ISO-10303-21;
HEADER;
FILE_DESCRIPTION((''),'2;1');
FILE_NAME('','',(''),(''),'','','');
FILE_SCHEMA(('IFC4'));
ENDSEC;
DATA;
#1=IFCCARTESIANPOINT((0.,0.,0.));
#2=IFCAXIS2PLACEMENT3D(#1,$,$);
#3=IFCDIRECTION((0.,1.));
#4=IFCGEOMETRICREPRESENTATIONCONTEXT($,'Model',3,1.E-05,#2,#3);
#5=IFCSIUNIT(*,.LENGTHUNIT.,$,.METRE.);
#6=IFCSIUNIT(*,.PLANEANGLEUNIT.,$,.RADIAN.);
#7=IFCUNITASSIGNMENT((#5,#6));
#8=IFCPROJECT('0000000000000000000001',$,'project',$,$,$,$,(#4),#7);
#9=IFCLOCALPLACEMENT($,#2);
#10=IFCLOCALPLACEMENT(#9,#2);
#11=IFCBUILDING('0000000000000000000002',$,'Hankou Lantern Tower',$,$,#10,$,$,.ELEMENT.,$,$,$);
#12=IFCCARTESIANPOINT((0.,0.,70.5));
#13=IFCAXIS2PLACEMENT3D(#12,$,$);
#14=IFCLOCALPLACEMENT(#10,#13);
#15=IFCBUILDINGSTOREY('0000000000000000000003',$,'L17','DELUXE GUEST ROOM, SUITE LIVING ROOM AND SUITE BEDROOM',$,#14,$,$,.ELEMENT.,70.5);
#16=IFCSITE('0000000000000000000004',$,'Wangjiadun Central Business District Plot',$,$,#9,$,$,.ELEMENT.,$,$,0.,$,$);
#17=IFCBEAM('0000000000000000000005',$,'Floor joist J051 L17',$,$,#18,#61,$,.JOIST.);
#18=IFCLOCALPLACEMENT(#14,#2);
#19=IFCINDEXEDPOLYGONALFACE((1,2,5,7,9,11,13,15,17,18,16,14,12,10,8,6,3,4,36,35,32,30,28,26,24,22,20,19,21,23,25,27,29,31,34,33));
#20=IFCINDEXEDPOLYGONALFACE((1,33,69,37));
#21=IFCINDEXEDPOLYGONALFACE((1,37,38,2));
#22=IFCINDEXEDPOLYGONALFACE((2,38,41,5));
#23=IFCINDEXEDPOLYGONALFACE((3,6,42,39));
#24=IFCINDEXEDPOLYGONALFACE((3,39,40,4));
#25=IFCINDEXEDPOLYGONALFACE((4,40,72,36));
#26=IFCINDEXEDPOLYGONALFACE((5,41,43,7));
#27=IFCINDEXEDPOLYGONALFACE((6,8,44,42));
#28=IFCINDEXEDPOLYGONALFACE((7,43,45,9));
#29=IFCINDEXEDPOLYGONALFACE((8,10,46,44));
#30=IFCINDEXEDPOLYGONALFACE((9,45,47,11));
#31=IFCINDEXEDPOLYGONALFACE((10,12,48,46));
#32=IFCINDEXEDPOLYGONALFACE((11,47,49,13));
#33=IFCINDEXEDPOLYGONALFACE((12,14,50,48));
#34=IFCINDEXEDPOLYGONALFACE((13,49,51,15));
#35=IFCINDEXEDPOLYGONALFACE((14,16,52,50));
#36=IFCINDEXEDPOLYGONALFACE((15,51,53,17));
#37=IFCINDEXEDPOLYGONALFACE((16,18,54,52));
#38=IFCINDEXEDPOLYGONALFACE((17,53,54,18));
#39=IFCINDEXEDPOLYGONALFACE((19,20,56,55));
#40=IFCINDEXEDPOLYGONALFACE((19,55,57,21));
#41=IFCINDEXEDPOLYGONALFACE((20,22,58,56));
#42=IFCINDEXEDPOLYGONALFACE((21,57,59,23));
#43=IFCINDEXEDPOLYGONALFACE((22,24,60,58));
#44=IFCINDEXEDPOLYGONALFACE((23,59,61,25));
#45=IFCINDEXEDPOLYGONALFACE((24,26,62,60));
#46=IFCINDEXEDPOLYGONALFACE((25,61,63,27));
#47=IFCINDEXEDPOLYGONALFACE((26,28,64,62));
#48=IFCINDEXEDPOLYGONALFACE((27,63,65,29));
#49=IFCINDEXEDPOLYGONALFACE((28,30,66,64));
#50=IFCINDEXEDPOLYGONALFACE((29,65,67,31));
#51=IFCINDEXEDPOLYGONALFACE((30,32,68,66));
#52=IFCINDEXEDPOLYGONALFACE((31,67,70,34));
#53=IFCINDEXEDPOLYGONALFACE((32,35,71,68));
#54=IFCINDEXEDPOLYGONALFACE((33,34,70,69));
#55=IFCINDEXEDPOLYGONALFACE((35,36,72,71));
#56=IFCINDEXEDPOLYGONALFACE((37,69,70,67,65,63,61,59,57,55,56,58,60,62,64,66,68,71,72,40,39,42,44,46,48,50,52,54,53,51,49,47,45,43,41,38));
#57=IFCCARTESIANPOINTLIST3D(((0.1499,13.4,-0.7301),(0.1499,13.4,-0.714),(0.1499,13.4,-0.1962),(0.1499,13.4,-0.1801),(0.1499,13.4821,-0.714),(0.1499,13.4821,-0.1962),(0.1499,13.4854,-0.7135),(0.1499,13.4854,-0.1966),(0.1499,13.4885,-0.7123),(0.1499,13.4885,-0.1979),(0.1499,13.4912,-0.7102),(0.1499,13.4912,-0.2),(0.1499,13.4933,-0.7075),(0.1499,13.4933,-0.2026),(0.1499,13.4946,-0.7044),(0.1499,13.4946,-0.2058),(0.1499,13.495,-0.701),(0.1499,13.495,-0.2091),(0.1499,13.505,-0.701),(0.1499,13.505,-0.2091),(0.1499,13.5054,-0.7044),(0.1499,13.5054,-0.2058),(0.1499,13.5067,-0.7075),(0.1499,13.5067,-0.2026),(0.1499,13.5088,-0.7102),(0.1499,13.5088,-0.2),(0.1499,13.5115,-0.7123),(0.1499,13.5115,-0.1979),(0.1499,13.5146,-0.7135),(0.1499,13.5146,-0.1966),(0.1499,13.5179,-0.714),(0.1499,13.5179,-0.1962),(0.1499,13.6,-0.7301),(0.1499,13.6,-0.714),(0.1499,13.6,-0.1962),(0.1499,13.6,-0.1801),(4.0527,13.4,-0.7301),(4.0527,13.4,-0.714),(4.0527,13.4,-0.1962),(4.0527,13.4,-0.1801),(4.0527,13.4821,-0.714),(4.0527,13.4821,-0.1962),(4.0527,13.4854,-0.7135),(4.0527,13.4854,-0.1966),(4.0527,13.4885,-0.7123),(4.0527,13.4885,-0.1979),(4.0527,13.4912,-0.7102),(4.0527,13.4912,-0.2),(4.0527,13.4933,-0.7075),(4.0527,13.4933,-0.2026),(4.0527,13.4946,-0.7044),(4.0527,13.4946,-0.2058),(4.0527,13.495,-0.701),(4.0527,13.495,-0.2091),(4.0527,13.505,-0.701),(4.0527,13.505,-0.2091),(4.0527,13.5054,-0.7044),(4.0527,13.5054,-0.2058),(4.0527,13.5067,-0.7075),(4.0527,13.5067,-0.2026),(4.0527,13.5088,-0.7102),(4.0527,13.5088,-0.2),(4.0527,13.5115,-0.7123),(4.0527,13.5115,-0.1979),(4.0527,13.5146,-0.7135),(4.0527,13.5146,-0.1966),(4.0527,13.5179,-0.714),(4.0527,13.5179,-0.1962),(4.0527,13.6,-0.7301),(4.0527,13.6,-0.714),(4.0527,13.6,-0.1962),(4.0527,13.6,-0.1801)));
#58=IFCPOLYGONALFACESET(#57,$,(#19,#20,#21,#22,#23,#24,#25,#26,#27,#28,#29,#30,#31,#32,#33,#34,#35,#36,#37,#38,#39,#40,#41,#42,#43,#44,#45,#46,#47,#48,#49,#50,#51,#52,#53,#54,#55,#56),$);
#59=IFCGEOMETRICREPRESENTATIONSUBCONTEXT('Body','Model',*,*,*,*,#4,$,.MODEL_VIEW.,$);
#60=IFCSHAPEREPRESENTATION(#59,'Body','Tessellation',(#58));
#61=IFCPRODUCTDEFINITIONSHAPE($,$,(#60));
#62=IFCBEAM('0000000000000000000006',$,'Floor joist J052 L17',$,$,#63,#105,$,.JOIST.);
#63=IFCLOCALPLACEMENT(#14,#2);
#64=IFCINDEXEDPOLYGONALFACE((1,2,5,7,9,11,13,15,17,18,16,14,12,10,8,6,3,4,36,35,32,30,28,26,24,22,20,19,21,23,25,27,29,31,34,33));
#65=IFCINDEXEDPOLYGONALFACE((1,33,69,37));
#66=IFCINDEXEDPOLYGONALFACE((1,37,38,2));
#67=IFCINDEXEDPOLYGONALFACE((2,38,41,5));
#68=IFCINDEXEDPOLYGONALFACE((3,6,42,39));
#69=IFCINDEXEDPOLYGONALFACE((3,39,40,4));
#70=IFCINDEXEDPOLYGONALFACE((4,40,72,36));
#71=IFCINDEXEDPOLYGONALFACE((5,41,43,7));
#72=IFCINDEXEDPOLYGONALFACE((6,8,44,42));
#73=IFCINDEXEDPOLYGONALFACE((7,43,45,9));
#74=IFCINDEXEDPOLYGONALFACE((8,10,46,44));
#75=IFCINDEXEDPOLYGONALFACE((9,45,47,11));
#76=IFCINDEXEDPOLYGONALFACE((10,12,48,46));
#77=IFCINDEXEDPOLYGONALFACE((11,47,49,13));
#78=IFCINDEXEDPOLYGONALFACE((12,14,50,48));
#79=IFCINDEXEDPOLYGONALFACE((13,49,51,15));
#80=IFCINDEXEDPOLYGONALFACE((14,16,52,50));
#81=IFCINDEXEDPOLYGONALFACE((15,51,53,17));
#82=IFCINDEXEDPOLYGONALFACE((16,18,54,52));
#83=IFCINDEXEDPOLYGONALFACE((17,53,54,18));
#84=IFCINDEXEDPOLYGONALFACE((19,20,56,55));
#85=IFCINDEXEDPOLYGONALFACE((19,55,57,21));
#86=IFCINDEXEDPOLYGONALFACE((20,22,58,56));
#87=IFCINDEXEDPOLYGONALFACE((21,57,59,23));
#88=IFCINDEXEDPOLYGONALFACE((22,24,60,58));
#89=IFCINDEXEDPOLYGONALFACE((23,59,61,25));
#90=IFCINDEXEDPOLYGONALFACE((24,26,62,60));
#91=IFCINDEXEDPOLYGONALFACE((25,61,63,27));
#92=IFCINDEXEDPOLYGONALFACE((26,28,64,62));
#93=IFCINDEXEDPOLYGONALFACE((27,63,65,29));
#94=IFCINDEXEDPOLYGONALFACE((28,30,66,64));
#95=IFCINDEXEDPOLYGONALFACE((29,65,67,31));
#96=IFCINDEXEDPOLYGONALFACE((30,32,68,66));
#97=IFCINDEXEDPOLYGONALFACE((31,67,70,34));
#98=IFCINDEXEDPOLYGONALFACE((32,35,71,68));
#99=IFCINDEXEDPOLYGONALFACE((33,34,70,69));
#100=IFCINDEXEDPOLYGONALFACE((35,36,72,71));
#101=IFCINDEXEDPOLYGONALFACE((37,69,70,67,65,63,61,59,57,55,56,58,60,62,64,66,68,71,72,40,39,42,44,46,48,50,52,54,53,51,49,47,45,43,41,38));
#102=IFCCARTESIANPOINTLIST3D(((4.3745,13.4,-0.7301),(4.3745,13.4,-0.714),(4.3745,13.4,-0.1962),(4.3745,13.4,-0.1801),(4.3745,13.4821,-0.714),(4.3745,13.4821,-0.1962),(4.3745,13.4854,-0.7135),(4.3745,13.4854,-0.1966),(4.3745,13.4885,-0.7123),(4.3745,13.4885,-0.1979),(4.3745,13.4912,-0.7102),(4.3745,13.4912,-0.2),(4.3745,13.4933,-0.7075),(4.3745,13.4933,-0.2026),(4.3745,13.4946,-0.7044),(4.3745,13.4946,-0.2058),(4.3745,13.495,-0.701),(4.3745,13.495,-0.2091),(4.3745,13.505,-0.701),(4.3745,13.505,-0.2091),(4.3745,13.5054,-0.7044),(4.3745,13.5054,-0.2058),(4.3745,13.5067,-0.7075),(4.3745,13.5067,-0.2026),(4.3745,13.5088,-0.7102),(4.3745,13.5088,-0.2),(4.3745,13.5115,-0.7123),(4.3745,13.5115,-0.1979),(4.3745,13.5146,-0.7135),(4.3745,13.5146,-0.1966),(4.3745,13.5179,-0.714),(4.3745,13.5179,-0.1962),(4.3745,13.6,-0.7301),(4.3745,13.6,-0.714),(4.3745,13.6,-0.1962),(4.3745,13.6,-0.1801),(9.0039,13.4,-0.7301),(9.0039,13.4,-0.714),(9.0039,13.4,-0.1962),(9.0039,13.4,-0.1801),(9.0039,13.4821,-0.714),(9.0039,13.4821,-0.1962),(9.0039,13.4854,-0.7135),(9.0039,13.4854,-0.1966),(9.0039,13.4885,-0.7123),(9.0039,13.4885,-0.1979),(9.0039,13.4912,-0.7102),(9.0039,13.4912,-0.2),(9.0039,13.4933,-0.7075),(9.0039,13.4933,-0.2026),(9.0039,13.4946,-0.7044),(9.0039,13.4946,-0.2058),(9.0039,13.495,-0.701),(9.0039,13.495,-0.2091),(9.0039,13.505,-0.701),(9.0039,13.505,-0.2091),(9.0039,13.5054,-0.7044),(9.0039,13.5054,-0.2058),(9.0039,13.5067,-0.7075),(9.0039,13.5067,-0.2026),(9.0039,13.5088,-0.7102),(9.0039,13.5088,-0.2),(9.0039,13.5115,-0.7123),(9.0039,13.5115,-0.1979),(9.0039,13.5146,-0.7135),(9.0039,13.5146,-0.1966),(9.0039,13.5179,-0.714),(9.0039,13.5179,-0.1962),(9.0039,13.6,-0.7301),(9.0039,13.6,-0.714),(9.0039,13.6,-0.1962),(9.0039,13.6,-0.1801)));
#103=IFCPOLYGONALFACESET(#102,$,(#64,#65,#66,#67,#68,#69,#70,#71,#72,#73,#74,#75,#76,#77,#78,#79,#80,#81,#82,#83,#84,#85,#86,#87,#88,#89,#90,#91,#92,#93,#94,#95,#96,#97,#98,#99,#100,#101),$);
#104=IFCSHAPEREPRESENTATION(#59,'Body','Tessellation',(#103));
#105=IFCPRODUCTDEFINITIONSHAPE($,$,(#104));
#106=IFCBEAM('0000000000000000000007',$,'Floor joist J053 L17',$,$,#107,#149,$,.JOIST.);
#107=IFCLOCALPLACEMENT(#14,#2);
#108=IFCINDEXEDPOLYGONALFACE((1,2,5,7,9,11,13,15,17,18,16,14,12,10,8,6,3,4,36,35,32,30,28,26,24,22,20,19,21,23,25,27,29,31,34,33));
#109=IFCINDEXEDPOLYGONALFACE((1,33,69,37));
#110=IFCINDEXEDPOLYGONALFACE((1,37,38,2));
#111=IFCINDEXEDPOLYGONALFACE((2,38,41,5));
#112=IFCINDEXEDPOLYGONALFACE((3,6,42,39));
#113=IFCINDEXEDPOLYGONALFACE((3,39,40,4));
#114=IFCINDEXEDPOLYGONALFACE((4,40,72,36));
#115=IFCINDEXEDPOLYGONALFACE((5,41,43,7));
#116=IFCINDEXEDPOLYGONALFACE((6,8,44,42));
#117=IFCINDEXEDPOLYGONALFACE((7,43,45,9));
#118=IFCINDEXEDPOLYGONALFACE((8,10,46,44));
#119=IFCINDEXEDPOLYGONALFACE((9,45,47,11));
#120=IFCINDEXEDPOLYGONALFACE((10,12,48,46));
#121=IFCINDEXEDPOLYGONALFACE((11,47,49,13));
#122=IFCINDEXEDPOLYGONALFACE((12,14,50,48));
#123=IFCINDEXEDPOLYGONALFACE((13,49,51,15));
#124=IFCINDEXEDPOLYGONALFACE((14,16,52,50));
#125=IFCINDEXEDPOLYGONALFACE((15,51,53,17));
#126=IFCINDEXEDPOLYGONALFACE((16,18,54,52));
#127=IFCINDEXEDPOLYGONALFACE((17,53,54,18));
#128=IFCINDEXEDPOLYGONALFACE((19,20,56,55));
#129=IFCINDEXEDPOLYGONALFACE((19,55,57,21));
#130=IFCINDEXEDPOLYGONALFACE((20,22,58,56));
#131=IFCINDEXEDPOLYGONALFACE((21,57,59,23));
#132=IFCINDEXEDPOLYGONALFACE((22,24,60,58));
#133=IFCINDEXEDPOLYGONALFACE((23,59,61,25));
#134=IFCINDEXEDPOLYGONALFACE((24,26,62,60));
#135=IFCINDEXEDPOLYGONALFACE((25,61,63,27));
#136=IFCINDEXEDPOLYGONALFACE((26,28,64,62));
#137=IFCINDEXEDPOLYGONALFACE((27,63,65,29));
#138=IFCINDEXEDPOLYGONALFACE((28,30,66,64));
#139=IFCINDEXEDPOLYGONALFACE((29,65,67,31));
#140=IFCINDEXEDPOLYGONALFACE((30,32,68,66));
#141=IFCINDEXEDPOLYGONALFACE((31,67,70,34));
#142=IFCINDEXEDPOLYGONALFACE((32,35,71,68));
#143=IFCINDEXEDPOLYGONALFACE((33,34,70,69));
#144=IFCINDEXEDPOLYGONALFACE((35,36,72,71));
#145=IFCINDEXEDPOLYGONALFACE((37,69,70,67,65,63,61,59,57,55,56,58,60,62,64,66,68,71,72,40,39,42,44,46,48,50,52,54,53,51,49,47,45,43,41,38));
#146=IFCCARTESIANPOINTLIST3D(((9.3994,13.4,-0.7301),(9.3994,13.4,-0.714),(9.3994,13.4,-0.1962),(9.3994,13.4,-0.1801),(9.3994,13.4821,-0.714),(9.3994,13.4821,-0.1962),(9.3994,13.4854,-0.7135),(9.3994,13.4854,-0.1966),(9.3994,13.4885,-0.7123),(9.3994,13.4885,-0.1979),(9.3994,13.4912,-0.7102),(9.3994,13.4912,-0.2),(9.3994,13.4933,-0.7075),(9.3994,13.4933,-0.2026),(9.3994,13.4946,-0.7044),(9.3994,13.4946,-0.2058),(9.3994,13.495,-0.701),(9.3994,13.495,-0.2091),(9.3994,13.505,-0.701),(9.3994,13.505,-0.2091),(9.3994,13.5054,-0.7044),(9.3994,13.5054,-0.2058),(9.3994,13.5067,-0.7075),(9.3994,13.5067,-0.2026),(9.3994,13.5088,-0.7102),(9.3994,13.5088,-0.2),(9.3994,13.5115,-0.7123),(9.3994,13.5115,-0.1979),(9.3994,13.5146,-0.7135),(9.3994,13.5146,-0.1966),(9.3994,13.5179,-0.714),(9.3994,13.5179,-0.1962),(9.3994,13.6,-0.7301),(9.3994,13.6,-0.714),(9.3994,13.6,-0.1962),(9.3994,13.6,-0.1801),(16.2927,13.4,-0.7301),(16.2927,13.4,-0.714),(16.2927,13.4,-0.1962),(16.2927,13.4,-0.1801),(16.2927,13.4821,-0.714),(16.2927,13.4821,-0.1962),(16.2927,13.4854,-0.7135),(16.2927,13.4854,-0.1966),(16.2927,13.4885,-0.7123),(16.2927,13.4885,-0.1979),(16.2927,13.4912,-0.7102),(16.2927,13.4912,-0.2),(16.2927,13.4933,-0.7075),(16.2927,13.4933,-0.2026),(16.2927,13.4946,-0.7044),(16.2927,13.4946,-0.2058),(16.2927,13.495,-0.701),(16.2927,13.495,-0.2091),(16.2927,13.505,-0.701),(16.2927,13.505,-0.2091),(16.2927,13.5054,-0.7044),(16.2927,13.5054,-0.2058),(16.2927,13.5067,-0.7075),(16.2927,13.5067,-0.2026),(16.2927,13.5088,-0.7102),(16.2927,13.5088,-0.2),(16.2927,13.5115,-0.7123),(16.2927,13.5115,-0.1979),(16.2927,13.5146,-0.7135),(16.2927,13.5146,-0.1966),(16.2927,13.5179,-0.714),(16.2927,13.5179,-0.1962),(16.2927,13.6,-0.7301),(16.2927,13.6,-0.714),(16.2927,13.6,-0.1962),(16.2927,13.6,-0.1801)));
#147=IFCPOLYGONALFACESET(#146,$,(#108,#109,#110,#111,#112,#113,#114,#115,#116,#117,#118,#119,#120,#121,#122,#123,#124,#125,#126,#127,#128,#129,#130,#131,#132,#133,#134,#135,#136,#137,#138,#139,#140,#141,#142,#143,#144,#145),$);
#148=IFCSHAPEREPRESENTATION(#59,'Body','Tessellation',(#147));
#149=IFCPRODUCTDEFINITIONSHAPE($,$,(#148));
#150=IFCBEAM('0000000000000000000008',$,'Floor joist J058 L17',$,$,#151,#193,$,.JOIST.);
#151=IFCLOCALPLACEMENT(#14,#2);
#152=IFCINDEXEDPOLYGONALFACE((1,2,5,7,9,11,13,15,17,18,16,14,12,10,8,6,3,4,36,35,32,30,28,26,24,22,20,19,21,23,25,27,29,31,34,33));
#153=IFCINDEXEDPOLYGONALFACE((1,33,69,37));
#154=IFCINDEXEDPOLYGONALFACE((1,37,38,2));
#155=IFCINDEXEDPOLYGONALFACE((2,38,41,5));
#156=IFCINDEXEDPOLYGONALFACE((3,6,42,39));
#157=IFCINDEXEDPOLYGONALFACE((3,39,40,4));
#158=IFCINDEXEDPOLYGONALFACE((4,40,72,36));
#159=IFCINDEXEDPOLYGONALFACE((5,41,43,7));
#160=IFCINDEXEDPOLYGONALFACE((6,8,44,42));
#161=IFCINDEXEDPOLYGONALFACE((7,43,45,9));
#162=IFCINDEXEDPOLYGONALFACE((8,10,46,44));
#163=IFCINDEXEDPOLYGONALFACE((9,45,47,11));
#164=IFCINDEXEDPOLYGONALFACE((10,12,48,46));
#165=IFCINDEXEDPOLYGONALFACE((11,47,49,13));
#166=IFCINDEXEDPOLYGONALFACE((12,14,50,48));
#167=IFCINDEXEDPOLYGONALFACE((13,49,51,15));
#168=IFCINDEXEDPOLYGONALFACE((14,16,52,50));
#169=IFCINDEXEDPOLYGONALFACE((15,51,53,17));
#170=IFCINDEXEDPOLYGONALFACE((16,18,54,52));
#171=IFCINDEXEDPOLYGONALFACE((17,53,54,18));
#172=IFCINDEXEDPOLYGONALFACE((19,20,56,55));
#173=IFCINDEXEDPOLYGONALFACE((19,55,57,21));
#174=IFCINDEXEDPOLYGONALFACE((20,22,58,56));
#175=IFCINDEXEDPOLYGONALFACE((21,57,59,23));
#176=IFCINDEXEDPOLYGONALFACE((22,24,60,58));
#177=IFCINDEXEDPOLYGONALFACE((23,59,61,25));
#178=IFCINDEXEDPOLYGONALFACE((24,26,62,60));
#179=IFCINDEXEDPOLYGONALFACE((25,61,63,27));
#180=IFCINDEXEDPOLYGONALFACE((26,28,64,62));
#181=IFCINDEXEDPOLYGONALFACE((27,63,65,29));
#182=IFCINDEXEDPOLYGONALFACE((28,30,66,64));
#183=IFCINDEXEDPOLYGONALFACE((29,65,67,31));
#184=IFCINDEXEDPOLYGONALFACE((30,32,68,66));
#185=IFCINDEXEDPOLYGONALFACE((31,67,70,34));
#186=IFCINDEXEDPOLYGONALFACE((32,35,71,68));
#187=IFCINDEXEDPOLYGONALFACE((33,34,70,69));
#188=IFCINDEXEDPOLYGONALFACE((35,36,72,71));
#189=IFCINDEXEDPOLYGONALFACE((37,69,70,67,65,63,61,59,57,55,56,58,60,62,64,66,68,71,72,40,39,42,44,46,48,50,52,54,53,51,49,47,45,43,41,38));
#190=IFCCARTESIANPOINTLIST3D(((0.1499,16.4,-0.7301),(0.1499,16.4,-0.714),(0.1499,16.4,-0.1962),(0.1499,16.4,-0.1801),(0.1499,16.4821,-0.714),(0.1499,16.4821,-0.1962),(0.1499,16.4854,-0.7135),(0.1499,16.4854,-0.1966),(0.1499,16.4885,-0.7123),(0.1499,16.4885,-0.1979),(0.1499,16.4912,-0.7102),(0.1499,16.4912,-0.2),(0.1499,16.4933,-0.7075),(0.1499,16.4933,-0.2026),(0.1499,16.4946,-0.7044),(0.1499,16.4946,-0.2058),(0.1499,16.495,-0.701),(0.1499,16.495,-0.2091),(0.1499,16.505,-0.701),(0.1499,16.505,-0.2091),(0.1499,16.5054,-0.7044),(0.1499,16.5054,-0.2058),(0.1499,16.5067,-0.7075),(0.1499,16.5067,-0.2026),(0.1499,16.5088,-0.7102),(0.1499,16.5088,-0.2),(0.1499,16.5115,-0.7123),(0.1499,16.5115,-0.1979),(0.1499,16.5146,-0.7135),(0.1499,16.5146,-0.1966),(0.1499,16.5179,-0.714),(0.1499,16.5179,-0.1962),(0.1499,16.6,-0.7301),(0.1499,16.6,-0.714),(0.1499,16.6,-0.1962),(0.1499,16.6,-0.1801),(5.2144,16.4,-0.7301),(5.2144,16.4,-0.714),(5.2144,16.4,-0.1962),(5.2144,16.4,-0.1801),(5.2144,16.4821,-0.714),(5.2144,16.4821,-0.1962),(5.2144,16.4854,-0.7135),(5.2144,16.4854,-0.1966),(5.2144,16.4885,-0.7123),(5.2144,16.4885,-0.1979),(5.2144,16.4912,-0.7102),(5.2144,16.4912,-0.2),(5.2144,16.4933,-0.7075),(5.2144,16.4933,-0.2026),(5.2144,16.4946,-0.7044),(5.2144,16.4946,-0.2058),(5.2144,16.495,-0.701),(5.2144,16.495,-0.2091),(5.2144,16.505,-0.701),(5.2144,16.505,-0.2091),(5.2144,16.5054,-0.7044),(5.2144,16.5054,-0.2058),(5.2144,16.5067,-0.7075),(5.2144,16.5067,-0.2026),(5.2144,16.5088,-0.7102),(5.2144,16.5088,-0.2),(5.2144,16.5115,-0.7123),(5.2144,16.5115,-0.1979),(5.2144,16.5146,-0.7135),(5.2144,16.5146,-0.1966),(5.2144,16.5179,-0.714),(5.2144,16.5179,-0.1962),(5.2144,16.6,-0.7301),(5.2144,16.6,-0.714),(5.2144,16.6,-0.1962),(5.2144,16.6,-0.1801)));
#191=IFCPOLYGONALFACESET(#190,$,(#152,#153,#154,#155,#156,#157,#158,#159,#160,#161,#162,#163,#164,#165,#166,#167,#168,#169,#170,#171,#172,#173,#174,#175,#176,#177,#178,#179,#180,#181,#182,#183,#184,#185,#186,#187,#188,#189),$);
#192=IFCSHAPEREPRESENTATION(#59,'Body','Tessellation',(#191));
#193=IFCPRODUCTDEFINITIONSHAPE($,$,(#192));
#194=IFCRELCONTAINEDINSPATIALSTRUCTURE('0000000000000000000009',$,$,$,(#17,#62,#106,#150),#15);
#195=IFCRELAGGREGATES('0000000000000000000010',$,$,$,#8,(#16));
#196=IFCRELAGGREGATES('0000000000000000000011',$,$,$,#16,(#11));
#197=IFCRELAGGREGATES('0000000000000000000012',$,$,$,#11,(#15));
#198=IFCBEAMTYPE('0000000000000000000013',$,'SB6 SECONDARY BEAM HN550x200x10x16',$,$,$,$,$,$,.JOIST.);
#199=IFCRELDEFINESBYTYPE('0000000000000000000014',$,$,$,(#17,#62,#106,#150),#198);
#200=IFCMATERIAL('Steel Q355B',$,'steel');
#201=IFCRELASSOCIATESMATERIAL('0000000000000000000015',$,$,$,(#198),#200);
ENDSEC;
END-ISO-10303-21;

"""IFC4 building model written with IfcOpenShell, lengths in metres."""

from ifc_helpers import new_model, si_unit, direction, frame, origin, origin_2d, place, context, subcontext, project, spatial, i_section, extrude, material, material_profile, profile_set, type_object, element, save


model = new_model("IFC4")

# Units and contexts
model_context = context("Model", 3, precision=1e-05, world=origin(), true_north=direction((0.0, 1.0)))
body_context = subcontext(model_context, "Body", "Model", "MODEL_VIEW")
ifc_project = project(units=[si_unit("LENGTHUNIT", "METRE"), si_unit("PLANEANGLEUNIT", "RADIAN")], contexts=[model_context])

# Site, building, storey
site_placement = place(None, origin())
site = spatial("IfcSite", under=ifc_project, at=site_placement, Name="Wangjiadun Central Business District Plot", CompositionType="ELEMENT", RefElevation=0.0)
building_placement = place(site_placement, origin())
building = spatial("IfcBuilding", under=site, at=building_placement, Name="Hankou Lantern Tower", CompositionType="ELEMENT")
storey_placement = place(building_placement, frame((0.0, 0.0, 70.5)))
storey = spatial("IfcBuildingStorey", under=building, at=storey_placement, Name="L17", Description="DELUXE GUEST ROOM, SUITE LIVING ROOM AND SUITE BEDROOM", CompositionType="ELEMENT", Elevation=70.5)

# Beams
ifc_material_1 = material(Name="Steel Q355B", Category="steel")
ifc_material_profile_1 = material_profile(ifc_material_1, i_section(OverallWidth=0.2, OverallDepth=0.55, WebThickness=0.01, FlangeThickness=0.0161, FilletRadius=0.0129, at=origin_2d()), Name="HN550x200x10x16")
ifc_profile_set_1 = profile_set([ifc_material_profile_1], Name="Steel Q355B")
beam_type_1 = type_object("IfcBeamType", Name="SB6 SECONDARY BEAM HN550x200x10x16", PredefinedType="JOIST", material=ifc_profile_set_1)
beam_1_placement = place(storey_placement, frame((0.1499, 13.5, -0.4551), z_axis=(1.0, 0.0, 0.0), x_axis=(0.0, 1.0, 0.0)))
element("IfcBeam", 1, at=beam_1_placement, inside=storey, type_object=beam_type_1, Name="Floor joist J051 L17", PredefinedType="JOIST", context=body_context, shape_type="SweptSolid", body=[
    extrude(i_section(OverallWidth=0.2, OverallDepth=0.55, WebThickness=0.01, FlangeThickness=0.0161, FilletRadius=0.0129, at=origin_2d()), origin(), (0.0, 0.0, 1.0), 3.9028),
])
beam_2_placement = place(storey_placement, frame((4.3745, 13.5, -0.4551), z_axis=(1.0, 0.0, 0.0), x_axis=(0.0, 1.0, 0.0)))
element("IfcBeam", 2, at=beam_2_placement, inside=storey, type_object=beam_type_1, Name="Floor joist J052 L17", PredefinedType="JOIST", context=body_context, shape_type="SweptSolid", body=[
    extrude(i_section(OverallWidth=0.2, OverallDepth=0.55, WebThickness=0.01, FlangeThickness=0.0161, FilletRadius=0.0129, at=origin_2d()), origin(), (0.0, 0.0, 1.0), 4.6294),
])
beam_3_placement = place(storey_placement, frame((9.3994, 13.5, -0.4551), z_axis=(1.0, 0.0, 0.0), x_axis=(0.0, 1.0, 0.0)))
element("IfcBeam", 3, at=beam_3_placement, inside=storey, type_object=beam_type_1, Name="Floor joist J053 L17", PredefinedType="JOIST", context=body_context, shape_type="SweptSolid", body=[
    extrude(i_section(OverallWidth=0.2, OverallDepth=0.55, WebThickness=0.01, FlangeThickness=0.0161, FilletRadius=0.0129, at=origin_2d()), origin(), (0.0, 0.0, 1.0), 6.8933),
])
beam_4_placement = place(storey_placement, frame((0.1499, 16.5, -0.4551), z_axis=(1.0, 0.0, 0.0), x_axis=(0.0, 1.0, 0.0)))
element("IfcBeam", 4, at=beam_4_placement, inside=storey, type_object=beam_type_1, Name="Floor joist J058 L17", PredefinedType="JOIST", context=body_context, shape_type="SweptSolid", body=[
    extrude(i_section(OverallWidth=0.2, OverallDepth=0.55, WebThickness=0.01, FlangeThickness=0.0161, FilletRadius=0.0129, at=origin_2d()), origin(), (0.0, 0.0, 1.0), 5.0645),
])

save(model, "model.ifc")
